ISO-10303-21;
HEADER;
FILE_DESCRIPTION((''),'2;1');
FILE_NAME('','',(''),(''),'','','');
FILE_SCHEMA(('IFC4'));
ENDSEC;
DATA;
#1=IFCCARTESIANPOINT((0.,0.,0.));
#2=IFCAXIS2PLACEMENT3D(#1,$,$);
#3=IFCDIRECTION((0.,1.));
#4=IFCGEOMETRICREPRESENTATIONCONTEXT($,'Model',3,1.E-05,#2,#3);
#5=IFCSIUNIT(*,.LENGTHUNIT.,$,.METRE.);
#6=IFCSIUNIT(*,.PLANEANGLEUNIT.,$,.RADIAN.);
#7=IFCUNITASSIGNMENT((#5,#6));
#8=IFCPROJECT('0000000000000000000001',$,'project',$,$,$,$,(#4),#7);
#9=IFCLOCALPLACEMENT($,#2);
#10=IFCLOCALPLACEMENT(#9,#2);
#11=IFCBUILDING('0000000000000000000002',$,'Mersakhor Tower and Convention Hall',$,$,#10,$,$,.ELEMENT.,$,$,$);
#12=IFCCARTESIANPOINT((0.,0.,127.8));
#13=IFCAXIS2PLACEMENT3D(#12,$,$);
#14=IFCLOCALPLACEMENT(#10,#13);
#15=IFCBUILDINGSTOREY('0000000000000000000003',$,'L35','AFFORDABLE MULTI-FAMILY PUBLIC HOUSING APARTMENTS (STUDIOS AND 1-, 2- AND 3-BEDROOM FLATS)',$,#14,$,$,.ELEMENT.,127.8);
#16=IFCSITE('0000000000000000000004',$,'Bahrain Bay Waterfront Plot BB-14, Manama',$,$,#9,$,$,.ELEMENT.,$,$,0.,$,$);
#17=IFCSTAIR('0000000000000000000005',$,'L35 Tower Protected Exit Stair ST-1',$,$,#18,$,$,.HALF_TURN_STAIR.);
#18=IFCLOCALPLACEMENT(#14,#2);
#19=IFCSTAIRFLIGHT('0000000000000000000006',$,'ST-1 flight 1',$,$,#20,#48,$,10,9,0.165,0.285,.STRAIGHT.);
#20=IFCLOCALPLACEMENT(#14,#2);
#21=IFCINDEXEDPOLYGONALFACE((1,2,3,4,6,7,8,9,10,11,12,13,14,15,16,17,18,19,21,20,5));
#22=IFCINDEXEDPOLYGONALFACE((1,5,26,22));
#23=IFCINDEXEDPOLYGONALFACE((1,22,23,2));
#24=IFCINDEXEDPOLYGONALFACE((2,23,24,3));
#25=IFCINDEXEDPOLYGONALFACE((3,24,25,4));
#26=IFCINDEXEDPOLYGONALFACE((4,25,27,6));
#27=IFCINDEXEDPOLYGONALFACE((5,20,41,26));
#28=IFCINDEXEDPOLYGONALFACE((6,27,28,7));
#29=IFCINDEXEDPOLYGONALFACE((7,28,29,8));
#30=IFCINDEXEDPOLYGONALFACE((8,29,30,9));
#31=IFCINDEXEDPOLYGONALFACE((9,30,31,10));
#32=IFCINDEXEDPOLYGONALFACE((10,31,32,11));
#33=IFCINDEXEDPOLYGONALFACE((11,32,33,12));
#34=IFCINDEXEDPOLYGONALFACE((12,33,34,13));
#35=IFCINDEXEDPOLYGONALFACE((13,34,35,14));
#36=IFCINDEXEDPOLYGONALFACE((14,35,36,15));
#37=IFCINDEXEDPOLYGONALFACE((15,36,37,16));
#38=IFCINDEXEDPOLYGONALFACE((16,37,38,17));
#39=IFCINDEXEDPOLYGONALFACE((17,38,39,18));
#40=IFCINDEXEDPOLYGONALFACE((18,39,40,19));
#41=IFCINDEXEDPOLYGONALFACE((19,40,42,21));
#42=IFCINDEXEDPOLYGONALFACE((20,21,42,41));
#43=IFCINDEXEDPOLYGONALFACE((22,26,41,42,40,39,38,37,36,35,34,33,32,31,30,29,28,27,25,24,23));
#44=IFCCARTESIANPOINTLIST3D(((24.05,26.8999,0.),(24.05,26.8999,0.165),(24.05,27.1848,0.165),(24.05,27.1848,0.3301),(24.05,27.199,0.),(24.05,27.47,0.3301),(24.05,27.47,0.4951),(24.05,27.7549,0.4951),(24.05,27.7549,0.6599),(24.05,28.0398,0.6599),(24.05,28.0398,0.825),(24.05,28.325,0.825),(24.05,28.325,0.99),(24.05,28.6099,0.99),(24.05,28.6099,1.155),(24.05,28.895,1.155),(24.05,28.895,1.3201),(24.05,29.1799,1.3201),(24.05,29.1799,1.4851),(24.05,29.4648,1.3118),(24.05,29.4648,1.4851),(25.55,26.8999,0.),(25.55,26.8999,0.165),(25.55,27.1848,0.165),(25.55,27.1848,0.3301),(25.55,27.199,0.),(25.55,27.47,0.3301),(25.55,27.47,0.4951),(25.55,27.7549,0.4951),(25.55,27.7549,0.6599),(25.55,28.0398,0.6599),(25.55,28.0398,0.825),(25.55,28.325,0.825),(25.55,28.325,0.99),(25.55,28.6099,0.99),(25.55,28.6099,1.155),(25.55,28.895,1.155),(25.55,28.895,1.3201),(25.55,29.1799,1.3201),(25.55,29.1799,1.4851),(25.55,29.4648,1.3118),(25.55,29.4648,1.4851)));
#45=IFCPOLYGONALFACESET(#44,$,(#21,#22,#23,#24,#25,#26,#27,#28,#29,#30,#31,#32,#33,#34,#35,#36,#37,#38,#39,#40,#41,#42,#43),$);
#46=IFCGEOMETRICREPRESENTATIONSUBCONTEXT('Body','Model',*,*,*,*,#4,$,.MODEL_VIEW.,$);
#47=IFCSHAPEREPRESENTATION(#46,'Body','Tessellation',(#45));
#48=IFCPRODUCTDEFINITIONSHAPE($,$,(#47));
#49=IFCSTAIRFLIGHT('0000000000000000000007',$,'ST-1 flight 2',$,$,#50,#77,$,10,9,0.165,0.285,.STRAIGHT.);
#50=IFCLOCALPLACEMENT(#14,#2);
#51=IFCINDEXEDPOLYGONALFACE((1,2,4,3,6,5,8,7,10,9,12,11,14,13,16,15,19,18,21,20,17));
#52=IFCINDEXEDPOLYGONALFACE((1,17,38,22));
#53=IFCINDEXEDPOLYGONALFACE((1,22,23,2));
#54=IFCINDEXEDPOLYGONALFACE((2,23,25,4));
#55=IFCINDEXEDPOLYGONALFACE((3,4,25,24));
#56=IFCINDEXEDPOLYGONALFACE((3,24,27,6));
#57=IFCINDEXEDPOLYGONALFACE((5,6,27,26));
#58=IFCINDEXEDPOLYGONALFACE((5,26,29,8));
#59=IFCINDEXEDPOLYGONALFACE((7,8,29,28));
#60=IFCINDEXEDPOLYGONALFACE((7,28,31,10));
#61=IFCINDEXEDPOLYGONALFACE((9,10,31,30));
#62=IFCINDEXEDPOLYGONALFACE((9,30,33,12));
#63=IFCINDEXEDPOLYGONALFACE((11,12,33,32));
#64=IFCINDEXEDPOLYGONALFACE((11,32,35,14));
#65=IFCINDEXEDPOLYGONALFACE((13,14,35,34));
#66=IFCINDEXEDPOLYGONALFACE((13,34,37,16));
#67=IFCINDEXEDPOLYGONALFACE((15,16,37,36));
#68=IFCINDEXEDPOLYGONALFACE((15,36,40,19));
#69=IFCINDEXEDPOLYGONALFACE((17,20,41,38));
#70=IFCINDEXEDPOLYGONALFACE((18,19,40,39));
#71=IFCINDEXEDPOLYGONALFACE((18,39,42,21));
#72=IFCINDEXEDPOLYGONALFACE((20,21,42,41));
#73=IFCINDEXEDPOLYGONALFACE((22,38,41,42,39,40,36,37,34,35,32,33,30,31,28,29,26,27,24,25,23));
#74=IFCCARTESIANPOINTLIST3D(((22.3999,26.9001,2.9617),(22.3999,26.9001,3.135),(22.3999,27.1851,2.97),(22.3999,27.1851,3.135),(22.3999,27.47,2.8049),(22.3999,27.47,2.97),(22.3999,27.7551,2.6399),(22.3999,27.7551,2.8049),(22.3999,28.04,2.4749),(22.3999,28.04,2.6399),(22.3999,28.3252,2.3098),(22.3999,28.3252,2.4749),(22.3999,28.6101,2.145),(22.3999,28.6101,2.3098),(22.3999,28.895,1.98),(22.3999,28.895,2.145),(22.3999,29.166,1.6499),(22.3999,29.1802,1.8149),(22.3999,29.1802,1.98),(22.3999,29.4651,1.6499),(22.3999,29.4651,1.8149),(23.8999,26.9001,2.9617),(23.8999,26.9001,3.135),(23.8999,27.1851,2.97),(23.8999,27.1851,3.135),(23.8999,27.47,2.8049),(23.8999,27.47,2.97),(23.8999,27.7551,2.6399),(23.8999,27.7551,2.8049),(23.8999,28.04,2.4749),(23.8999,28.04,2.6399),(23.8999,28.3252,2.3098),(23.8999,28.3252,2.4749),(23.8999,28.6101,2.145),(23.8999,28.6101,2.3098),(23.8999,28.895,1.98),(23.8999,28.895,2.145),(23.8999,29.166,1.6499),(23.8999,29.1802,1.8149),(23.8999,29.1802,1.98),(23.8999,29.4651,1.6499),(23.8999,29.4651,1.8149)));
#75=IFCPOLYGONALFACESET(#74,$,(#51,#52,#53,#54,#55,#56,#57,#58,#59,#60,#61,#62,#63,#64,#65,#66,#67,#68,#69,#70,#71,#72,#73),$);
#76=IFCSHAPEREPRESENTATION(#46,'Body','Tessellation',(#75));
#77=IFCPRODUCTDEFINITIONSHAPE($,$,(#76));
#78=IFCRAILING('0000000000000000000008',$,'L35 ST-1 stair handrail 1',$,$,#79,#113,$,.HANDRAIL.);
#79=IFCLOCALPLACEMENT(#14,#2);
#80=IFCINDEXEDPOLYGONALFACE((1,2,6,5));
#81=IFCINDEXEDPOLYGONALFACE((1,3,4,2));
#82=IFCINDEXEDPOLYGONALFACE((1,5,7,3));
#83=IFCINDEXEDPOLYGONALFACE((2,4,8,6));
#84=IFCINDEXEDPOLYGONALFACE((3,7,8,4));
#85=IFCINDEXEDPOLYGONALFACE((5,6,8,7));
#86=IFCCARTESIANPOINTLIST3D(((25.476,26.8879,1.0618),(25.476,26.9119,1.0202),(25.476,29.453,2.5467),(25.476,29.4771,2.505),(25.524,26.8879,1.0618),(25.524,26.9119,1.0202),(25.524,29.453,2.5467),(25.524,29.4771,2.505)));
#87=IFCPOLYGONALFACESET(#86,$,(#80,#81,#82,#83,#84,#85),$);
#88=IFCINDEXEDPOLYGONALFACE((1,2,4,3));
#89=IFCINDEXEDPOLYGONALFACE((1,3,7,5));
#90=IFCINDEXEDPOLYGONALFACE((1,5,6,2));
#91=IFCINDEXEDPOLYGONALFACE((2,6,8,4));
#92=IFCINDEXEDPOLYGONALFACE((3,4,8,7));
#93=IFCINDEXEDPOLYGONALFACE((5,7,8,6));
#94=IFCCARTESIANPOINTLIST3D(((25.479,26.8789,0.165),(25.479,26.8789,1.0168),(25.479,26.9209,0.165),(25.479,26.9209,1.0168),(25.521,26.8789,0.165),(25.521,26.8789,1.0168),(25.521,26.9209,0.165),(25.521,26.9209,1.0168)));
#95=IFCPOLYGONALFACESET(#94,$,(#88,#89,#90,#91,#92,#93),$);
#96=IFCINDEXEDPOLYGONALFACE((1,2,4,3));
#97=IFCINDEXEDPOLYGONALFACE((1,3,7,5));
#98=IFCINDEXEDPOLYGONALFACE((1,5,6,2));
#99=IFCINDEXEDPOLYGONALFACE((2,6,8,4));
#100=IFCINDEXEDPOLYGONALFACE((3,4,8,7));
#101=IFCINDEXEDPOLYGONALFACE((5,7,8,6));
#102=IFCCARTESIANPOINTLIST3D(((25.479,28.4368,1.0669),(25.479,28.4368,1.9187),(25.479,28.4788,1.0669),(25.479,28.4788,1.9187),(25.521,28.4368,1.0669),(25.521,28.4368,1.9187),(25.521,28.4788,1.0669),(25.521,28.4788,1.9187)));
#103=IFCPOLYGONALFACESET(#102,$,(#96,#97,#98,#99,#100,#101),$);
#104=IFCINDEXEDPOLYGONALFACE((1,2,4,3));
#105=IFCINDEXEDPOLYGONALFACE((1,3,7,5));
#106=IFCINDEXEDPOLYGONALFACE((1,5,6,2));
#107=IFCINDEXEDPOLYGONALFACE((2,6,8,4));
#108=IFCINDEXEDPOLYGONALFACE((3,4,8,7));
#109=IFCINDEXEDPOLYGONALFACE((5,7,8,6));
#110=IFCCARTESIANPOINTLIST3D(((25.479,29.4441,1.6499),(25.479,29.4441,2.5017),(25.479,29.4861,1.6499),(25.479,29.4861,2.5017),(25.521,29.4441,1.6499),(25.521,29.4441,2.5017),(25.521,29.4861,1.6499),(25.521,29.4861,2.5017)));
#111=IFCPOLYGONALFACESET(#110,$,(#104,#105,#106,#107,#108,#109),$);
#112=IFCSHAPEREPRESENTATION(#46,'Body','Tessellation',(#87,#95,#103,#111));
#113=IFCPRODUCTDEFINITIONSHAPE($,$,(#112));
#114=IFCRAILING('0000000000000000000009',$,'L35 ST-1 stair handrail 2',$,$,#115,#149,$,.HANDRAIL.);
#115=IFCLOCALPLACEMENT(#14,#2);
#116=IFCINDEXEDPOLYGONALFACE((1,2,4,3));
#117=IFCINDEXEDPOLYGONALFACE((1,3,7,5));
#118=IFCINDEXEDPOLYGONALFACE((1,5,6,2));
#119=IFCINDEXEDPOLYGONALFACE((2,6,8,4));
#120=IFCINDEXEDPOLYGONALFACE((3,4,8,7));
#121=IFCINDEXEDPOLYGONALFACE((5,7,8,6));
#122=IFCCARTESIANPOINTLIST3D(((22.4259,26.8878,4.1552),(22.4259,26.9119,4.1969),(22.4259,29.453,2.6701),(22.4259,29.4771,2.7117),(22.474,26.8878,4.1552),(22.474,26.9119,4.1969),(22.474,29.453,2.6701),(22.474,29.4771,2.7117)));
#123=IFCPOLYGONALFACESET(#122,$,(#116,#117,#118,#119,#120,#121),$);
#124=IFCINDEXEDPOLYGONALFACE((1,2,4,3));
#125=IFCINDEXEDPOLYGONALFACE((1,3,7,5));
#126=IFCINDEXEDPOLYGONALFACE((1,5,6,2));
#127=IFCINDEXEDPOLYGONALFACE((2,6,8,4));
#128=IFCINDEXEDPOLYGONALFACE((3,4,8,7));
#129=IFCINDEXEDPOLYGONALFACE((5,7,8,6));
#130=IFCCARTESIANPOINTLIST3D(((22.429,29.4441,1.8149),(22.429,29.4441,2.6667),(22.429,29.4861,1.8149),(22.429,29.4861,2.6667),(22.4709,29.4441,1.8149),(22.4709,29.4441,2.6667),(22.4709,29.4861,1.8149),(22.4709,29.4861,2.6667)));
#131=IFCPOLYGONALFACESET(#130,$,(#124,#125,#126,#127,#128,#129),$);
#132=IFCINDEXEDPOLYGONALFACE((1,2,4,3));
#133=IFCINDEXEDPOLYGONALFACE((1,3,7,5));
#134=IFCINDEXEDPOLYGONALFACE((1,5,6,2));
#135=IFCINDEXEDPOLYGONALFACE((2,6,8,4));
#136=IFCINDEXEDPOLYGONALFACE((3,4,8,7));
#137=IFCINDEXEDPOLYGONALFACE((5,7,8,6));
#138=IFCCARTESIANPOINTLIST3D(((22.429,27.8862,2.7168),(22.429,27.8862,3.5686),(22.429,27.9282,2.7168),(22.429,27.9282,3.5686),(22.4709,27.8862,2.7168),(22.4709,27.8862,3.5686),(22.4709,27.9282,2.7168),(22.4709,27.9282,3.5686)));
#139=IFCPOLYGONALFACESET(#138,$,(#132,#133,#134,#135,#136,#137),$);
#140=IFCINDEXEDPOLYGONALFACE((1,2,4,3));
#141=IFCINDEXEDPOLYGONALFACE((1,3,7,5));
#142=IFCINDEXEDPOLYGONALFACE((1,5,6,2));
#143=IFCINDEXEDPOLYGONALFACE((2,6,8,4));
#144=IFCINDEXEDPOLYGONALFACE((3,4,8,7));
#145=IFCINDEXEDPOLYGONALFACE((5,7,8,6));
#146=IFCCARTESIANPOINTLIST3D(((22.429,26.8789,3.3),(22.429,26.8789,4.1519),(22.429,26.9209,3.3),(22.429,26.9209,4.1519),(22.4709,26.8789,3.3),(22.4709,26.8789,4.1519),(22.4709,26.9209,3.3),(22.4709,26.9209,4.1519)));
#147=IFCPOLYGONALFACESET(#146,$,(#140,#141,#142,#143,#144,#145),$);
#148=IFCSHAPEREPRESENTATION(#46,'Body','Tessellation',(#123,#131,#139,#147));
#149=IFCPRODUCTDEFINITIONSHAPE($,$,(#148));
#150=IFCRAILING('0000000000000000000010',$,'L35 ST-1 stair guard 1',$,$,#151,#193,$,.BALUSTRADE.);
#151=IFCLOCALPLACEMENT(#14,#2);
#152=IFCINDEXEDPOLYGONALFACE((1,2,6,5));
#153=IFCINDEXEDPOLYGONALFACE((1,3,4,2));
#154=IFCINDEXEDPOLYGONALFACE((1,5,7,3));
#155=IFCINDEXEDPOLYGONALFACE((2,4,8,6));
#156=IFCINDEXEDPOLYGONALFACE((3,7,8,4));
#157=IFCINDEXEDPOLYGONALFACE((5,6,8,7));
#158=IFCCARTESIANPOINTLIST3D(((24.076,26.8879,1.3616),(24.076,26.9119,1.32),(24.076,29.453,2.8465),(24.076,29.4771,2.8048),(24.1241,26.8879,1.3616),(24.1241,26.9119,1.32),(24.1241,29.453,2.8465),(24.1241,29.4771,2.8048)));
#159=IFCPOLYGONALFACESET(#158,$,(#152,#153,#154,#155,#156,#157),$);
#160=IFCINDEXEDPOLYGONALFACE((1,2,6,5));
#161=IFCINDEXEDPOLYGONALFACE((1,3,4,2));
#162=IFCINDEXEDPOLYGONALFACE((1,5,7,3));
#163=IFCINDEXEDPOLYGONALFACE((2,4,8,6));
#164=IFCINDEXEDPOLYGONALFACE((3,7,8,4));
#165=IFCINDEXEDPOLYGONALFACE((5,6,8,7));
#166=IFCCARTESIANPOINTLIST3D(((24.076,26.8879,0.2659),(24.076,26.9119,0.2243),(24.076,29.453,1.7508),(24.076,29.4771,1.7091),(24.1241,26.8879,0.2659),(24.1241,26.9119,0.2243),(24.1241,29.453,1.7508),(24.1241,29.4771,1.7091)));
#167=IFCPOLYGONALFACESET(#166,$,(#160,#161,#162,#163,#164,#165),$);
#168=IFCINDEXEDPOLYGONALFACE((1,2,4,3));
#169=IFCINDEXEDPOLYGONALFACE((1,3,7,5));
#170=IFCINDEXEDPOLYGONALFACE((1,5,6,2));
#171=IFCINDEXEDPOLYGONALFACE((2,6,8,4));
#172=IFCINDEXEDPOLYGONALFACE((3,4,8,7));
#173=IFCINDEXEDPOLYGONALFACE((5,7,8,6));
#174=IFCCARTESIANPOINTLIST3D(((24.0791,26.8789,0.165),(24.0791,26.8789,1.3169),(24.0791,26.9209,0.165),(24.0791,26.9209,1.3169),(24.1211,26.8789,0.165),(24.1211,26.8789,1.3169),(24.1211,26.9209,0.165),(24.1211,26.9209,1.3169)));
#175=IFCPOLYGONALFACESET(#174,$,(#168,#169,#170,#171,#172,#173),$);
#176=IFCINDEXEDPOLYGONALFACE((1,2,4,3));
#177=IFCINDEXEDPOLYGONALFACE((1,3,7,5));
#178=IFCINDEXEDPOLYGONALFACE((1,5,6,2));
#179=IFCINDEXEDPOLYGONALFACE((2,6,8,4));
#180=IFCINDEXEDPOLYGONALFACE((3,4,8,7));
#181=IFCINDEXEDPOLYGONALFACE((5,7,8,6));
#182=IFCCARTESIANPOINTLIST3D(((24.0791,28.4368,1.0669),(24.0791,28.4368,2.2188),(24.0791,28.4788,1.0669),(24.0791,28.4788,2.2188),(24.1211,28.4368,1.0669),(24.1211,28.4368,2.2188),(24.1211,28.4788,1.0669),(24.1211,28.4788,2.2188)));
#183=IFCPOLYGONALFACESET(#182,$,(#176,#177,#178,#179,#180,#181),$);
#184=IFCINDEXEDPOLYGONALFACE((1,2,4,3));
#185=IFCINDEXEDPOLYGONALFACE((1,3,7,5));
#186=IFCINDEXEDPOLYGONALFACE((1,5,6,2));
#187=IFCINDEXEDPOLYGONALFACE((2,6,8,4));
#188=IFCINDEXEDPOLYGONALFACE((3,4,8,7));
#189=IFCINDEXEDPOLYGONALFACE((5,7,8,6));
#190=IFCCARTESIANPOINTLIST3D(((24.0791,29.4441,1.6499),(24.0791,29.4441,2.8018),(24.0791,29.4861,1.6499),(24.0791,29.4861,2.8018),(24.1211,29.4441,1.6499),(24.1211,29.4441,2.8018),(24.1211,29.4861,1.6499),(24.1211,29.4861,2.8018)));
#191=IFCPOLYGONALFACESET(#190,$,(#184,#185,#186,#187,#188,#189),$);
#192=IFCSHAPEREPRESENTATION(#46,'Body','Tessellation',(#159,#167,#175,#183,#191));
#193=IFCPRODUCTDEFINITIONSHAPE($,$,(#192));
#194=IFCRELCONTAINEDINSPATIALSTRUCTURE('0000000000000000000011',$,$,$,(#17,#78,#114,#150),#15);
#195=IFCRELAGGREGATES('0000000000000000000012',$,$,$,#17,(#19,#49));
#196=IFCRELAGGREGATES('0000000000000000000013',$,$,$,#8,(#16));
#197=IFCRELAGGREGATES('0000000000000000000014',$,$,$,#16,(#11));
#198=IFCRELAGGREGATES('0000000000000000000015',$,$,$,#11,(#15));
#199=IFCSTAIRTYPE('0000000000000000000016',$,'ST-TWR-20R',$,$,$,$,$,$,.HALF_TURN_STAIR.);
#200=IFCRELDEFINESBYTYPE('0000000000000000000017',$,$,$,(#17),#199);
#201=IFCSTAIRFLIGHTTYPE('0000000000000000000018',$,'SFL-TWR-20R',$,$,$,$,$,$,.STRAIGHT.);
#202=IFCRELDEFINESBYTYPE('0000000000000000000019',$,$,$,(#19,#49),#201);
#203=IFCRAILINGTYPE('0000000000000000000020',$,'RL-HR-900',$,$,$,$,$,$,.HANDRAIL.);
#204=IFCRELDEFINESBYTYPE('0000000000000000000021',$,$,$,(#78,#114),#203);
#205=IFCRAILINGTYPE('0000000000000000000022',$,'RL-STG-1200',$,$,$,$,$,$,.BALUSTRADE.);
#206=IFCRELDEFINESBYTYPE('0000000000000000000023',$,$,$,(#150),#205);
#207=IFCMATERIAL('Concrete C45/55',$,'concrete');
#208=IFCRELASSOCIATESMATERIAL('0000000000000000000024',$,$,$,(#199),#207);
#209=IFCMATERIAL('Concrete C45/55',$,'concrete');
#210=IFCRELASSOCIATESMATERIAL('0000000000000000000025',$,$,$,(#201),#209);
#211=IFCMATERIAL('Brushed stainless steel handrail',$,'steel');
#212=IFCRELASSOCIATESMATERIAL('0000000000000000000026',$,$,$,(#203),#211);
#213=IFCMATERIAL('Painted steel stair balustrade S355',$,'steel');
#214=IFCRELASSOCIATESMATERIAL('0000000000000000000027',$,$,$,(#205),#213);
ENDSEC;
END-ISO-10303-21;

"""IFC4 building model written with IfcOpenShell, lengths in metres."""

from ifc_helpers import new_model, si_unit, direction, frame, origin, origin_2d, place, context, subcontext, project, spatial, polyline, rectangle, outline, extrude, material, type_object, element, aggregate, save


model = new_model("IFC4")

# Units and contexts
model_context = context("Model", 3, precision=1e-05, world=origin(), true_north=direction((0.0, 1.0)))
body_context = subcontext(model_context, "Body", "Model", "MODEL_VIEW")
ifc_project = project(units=[si_unit("LENGTHUNIT", "METRE"), si_unit("PLANEANGLEUNIT", "RADIAN")], contexts=[model_context])

# Site, building, storey
site_placement = place(None, origin())
site = spatial("IfcSite", under=ifc_project, at=site_placement, Name="Bahrain Bay Waterfront Plot BB-14, Manama", CompositionType="ELEMENT", RefElevation=0.0)
building_placement = place(site_placement, origin())
building = spatial("IfcBuilding", under=site, at=building_placement, Name="Mersakhor Tower and Convention Hall", CompositionType="ELEMENT")
storey_placement = place(building_placement, frame((0.0, 0.0, 127.8)))
storey = spatial("IfcBuildingStorey", under=building, at=storey_placement, Name="L35", Description="AFFORDABLE MULTI-FAMILY PUBLIC HOUSING APARTMENTS (STUDIOS AND 1-, 2- AND 3-BEDROOM FLATS)", CompositionType="ELEMENT", Elevation=127.8)

# Stair, stair flights
ifc_material_1 = material(Name="Concrete C45/55", Category="concrete")
stair_type = type_object("IfcStairType", Name="ST-TWR-20R", PredefinedType="HALF_TURN_STAIR", material=ifc_material_1)
stair_placement = place(storey_placement, origin())
stair = element("IfcStair", 1, at=stair_placement, inside=storey, type_object=stair_type, Name="L35 Tower Protected Exit Stair ST-1", PredefinedType="HALF_TURN_STAIR")
ifc_material_2 = material(Name="Concrete C45/55", Category="concrete")
stair_flight_type = type_object("IfcStairFlightType", Name="SFL-TWR-20R", PredefinedType="STRAIGHT", material=ifc_material_2)
stair_flight_1_placement = place(storey_placement, frame((24.8, 26.8999, 0.0), z_axis=(0.0, 0.0, 1.0), x_axis=(0.0, 1.0, 0.0)))
stair_flight_1 = element("IfcStairFlight", 2, at=stair_flight_1_placement, type_object=stair_flight_type, Name="ST-1 flight 1", NumberOfRisers=10, NumberOfTreads=9, PredefinedType="STRAIGHT", RiserHeight=0.165, TreadLength=0.285, context=body_context, shape_type="SweptSolid", body=[
    extrude(outline(polyline([(0.0, 0.0), (0.0, 0.165), (0.2849, 0.165), (0.2849, 0.3301), (0.5701, 0.3301), (0.5701, 0.4951), (0.855, 0.4951), (0.855, 0.6599), (1.1399, 0.6599), (1.1399, 0.825), (1.425, 0.825), (1.425, 0.99), (1.71, 0.99), (1.71, 1.155), (1.9951, 1.155), (1.9951, 1.3201), (2.28, 1.3201), (2.28, 1.4851), (2.5649, 1.4851), (2.5649, 1.6499), (2.5649, 1.3118), (0.2991, 0.0), (0.0, 0.0)])), frame((0.0, 0.75, 0.0), z_axis=(0.0, -1.0, 0.0), x_axis=(1.0, 0.0, 0.0)), (0.0, 0.0, 1.0), 1.5),
])
stair_flight_2_placement = place(storey_placement, frame((23.1499, 29.4651, 1.6499), z_axis=(0.0, 0.0, 1.0), x_axis=(0.0, -1.0, 0.0)))
stair_flight_2 = element("IfcStairFlight", 3, at=stair_flight_2_placement, type_object=stair_flight_type, Name="ST-1 flight 2", NumberOfRisers=10, NumberOfTreads=9, PredefinedType="STRAIGHT", RiserHeight=0.165, TreadLength=0.285, context=body_context, shape_type="SweptSolid", body=[
    extrude(outline(polyline([(0.0, 0.0), (0.0, 0.165), (0.2849, 0.165), (0.2849, 0.3301), (0.5701, 0.3301), (0.5701, 0.4951), (0.855, 0.4951), (0.855, 0.6599), (1.1399, 0.6599), (1.1399, 0.825), (1.425, 0.825), (1.425, 0.99), (1.71, 0.99), (1.71, 1.155), (1.9951, 1.155), (1.9951, 1.3201), (2.28, 1.3201), (2.28, 1.4851), (2.5649, 1.4851), (2.5649, 1.6499), (2.5649, 1.3118), (0.2991, 0.0), (0.0, 0.0)])), frame((0.0, 0.75, 0.0), z_axis=(0.0, -1.0, 0.0), x_axis=(1.0, 0.0, 0.0)), (0.0, 0.0, 1.0), 1.5),
])
aggregate(stair, [stair_flight_1, stair_flight_2])

# Railings
ifc_material_3 = material(Name="Brushed stainless steel handrail", Category="steel")
railing_type_1 = type_object("IfcRailingType", Name="RL-HR-900", PredefinedType="HANDRAIL", material=ifc_material_3)
railing_1_placement = place(storey_placement, frame((25.5, 26.8999, 0.165)))
element("IfcRailing", 4, at=railing_1_placement, inside=storey, type_object=railing_type_1, Name="L35 ST-1 stair handrail 1", PredefinedType="HANDRAIL", context=body_context, shape_type="SweptSolid", body=[
    extrude(rectangle(XDim=0.0481, YDim=0.0481, at=origin_2d()), frame((0.0, 0.0, 0.876), z_axis=(0.0, 0.865462, 0.500975), x_axis=(-1.0, 0.0, 0.0)), (0.0, 0.0, 1.0), 2.9639),
    extrude(rectangle(XDim=0.042, YDim=0.042, at=origin_2d()), origin(), (0.0, 0.0, 1.0), 0.8518),
    extrude(rectangle(XDim=0.042, YDim=0.042, at=origin_2d()), frame((0.0, 1.5579, 0.9019)), (0.0, 0.0, 1.0), 0.8518),
    extrude(rectangle(XDim=0.042, YDim=0.042, at=origin_2d()), frame((0.0, 2.5652, 1.4849)), (0.0, 0.0, 1.0), 0.8518),
])
railing_2_placement = place(storey_placement, frame((22.45, 29.4651, 1.8149)))
element("IfcRailing", 5, at=railing_2_placement, inside=storey, type_object=railing_type_1, Name="L35 ST-1 stair handrail 2", PredefinedType="HANDRAIL", context=body_context, shape_type="SweptSolid", body=[
    extrude(rectangle(XDim=0.0481, YDim=0.0481, at=origin_2d()), frame((0.0, 0.0, 0.876), z_axis=(0.0, -0.865426, 0.501036), x_axis=(1.0, 0.0, 0.0)), (0.0, 0.0, 1.0), 2.9641),
    extrude(rectangle(XDim=0.042, YDim=0.042, at=origin_2d()), origin(), (0.0, 0.0, 1.0), 0.8518),
    extrude(rectangle(XDim=0.042, YDim=0.042, at=origin_2d()), frame((0.0, -1.5579, 0.9019)), (0.0, 0.0, 1.0), 0.8518),
    extrude(rectangle(XDim=0.042, YDim=0.042, at=origin_2d()), frame((0.0, -2.5652, 1.4851)), (0.0, 0.0, 1.0), 0.8518),
])
ifc_material_4 = material(Name="Painted steel stair balustrade S355", Category="steel")
railing_type_2 = type_object("IfcRailingType", Name="RL-STG-1200", PredefinedType="BALUSTRADE", material=ifc_material_4)
railing_3_placement = place(storey_placement, frame((24.1001, 26.8999, 0.165)))
element("IfcRailing", 6, at=railing_3_placement, inside=storey, type_object=railing_type_2, Name="L35 ST-1 stair guard 1", PredefinedType="BALUSTRADE", context=body_context, shape_type="SweptSolid", body=[
    extrude(rectangle(XDim=0.0481, YDim=0.0481, at=origin_2d()), frame((0.0, 0.0, 1.1758), z_axis=(0.0, 0.865462, 0.500975), x_axis=(-1.0, 0.0, 0.0)), (0.0, 0.0, 1.0), 2.9639),
    extrude(rectangle(XDim=0.0481, YDim=0.0481, at=origin_2d()), frame((0.0, 0.0, 0.0801), z_axis=(0.0, 0.865462, 0.500975), x_axis=(-1.0, 0.0, 0.0)), (0.0, 0.0, 1.0), 2.9639),
    extrude(rectangle(XDim=0.042, YDim=0.042, at=origin_2d()), origin(), (0.0, 0.0, 1.0), 1.1519),
    extrude(rectangle(XDim=0.042, YDim=0.042, at=origin_2d()), frame((0.0, 1.5579, 0.9019)), (0.0, 0.0, 1.0), 1.1519),
    extrude(rectangle(XDim=0.042, YDim=0.042, at=origin_2d()), frame((0.0, 2.5652, 1.4849)), (0.0, 0.0, 1.0), 1.1519),
])

save(model, "model.ifc")
